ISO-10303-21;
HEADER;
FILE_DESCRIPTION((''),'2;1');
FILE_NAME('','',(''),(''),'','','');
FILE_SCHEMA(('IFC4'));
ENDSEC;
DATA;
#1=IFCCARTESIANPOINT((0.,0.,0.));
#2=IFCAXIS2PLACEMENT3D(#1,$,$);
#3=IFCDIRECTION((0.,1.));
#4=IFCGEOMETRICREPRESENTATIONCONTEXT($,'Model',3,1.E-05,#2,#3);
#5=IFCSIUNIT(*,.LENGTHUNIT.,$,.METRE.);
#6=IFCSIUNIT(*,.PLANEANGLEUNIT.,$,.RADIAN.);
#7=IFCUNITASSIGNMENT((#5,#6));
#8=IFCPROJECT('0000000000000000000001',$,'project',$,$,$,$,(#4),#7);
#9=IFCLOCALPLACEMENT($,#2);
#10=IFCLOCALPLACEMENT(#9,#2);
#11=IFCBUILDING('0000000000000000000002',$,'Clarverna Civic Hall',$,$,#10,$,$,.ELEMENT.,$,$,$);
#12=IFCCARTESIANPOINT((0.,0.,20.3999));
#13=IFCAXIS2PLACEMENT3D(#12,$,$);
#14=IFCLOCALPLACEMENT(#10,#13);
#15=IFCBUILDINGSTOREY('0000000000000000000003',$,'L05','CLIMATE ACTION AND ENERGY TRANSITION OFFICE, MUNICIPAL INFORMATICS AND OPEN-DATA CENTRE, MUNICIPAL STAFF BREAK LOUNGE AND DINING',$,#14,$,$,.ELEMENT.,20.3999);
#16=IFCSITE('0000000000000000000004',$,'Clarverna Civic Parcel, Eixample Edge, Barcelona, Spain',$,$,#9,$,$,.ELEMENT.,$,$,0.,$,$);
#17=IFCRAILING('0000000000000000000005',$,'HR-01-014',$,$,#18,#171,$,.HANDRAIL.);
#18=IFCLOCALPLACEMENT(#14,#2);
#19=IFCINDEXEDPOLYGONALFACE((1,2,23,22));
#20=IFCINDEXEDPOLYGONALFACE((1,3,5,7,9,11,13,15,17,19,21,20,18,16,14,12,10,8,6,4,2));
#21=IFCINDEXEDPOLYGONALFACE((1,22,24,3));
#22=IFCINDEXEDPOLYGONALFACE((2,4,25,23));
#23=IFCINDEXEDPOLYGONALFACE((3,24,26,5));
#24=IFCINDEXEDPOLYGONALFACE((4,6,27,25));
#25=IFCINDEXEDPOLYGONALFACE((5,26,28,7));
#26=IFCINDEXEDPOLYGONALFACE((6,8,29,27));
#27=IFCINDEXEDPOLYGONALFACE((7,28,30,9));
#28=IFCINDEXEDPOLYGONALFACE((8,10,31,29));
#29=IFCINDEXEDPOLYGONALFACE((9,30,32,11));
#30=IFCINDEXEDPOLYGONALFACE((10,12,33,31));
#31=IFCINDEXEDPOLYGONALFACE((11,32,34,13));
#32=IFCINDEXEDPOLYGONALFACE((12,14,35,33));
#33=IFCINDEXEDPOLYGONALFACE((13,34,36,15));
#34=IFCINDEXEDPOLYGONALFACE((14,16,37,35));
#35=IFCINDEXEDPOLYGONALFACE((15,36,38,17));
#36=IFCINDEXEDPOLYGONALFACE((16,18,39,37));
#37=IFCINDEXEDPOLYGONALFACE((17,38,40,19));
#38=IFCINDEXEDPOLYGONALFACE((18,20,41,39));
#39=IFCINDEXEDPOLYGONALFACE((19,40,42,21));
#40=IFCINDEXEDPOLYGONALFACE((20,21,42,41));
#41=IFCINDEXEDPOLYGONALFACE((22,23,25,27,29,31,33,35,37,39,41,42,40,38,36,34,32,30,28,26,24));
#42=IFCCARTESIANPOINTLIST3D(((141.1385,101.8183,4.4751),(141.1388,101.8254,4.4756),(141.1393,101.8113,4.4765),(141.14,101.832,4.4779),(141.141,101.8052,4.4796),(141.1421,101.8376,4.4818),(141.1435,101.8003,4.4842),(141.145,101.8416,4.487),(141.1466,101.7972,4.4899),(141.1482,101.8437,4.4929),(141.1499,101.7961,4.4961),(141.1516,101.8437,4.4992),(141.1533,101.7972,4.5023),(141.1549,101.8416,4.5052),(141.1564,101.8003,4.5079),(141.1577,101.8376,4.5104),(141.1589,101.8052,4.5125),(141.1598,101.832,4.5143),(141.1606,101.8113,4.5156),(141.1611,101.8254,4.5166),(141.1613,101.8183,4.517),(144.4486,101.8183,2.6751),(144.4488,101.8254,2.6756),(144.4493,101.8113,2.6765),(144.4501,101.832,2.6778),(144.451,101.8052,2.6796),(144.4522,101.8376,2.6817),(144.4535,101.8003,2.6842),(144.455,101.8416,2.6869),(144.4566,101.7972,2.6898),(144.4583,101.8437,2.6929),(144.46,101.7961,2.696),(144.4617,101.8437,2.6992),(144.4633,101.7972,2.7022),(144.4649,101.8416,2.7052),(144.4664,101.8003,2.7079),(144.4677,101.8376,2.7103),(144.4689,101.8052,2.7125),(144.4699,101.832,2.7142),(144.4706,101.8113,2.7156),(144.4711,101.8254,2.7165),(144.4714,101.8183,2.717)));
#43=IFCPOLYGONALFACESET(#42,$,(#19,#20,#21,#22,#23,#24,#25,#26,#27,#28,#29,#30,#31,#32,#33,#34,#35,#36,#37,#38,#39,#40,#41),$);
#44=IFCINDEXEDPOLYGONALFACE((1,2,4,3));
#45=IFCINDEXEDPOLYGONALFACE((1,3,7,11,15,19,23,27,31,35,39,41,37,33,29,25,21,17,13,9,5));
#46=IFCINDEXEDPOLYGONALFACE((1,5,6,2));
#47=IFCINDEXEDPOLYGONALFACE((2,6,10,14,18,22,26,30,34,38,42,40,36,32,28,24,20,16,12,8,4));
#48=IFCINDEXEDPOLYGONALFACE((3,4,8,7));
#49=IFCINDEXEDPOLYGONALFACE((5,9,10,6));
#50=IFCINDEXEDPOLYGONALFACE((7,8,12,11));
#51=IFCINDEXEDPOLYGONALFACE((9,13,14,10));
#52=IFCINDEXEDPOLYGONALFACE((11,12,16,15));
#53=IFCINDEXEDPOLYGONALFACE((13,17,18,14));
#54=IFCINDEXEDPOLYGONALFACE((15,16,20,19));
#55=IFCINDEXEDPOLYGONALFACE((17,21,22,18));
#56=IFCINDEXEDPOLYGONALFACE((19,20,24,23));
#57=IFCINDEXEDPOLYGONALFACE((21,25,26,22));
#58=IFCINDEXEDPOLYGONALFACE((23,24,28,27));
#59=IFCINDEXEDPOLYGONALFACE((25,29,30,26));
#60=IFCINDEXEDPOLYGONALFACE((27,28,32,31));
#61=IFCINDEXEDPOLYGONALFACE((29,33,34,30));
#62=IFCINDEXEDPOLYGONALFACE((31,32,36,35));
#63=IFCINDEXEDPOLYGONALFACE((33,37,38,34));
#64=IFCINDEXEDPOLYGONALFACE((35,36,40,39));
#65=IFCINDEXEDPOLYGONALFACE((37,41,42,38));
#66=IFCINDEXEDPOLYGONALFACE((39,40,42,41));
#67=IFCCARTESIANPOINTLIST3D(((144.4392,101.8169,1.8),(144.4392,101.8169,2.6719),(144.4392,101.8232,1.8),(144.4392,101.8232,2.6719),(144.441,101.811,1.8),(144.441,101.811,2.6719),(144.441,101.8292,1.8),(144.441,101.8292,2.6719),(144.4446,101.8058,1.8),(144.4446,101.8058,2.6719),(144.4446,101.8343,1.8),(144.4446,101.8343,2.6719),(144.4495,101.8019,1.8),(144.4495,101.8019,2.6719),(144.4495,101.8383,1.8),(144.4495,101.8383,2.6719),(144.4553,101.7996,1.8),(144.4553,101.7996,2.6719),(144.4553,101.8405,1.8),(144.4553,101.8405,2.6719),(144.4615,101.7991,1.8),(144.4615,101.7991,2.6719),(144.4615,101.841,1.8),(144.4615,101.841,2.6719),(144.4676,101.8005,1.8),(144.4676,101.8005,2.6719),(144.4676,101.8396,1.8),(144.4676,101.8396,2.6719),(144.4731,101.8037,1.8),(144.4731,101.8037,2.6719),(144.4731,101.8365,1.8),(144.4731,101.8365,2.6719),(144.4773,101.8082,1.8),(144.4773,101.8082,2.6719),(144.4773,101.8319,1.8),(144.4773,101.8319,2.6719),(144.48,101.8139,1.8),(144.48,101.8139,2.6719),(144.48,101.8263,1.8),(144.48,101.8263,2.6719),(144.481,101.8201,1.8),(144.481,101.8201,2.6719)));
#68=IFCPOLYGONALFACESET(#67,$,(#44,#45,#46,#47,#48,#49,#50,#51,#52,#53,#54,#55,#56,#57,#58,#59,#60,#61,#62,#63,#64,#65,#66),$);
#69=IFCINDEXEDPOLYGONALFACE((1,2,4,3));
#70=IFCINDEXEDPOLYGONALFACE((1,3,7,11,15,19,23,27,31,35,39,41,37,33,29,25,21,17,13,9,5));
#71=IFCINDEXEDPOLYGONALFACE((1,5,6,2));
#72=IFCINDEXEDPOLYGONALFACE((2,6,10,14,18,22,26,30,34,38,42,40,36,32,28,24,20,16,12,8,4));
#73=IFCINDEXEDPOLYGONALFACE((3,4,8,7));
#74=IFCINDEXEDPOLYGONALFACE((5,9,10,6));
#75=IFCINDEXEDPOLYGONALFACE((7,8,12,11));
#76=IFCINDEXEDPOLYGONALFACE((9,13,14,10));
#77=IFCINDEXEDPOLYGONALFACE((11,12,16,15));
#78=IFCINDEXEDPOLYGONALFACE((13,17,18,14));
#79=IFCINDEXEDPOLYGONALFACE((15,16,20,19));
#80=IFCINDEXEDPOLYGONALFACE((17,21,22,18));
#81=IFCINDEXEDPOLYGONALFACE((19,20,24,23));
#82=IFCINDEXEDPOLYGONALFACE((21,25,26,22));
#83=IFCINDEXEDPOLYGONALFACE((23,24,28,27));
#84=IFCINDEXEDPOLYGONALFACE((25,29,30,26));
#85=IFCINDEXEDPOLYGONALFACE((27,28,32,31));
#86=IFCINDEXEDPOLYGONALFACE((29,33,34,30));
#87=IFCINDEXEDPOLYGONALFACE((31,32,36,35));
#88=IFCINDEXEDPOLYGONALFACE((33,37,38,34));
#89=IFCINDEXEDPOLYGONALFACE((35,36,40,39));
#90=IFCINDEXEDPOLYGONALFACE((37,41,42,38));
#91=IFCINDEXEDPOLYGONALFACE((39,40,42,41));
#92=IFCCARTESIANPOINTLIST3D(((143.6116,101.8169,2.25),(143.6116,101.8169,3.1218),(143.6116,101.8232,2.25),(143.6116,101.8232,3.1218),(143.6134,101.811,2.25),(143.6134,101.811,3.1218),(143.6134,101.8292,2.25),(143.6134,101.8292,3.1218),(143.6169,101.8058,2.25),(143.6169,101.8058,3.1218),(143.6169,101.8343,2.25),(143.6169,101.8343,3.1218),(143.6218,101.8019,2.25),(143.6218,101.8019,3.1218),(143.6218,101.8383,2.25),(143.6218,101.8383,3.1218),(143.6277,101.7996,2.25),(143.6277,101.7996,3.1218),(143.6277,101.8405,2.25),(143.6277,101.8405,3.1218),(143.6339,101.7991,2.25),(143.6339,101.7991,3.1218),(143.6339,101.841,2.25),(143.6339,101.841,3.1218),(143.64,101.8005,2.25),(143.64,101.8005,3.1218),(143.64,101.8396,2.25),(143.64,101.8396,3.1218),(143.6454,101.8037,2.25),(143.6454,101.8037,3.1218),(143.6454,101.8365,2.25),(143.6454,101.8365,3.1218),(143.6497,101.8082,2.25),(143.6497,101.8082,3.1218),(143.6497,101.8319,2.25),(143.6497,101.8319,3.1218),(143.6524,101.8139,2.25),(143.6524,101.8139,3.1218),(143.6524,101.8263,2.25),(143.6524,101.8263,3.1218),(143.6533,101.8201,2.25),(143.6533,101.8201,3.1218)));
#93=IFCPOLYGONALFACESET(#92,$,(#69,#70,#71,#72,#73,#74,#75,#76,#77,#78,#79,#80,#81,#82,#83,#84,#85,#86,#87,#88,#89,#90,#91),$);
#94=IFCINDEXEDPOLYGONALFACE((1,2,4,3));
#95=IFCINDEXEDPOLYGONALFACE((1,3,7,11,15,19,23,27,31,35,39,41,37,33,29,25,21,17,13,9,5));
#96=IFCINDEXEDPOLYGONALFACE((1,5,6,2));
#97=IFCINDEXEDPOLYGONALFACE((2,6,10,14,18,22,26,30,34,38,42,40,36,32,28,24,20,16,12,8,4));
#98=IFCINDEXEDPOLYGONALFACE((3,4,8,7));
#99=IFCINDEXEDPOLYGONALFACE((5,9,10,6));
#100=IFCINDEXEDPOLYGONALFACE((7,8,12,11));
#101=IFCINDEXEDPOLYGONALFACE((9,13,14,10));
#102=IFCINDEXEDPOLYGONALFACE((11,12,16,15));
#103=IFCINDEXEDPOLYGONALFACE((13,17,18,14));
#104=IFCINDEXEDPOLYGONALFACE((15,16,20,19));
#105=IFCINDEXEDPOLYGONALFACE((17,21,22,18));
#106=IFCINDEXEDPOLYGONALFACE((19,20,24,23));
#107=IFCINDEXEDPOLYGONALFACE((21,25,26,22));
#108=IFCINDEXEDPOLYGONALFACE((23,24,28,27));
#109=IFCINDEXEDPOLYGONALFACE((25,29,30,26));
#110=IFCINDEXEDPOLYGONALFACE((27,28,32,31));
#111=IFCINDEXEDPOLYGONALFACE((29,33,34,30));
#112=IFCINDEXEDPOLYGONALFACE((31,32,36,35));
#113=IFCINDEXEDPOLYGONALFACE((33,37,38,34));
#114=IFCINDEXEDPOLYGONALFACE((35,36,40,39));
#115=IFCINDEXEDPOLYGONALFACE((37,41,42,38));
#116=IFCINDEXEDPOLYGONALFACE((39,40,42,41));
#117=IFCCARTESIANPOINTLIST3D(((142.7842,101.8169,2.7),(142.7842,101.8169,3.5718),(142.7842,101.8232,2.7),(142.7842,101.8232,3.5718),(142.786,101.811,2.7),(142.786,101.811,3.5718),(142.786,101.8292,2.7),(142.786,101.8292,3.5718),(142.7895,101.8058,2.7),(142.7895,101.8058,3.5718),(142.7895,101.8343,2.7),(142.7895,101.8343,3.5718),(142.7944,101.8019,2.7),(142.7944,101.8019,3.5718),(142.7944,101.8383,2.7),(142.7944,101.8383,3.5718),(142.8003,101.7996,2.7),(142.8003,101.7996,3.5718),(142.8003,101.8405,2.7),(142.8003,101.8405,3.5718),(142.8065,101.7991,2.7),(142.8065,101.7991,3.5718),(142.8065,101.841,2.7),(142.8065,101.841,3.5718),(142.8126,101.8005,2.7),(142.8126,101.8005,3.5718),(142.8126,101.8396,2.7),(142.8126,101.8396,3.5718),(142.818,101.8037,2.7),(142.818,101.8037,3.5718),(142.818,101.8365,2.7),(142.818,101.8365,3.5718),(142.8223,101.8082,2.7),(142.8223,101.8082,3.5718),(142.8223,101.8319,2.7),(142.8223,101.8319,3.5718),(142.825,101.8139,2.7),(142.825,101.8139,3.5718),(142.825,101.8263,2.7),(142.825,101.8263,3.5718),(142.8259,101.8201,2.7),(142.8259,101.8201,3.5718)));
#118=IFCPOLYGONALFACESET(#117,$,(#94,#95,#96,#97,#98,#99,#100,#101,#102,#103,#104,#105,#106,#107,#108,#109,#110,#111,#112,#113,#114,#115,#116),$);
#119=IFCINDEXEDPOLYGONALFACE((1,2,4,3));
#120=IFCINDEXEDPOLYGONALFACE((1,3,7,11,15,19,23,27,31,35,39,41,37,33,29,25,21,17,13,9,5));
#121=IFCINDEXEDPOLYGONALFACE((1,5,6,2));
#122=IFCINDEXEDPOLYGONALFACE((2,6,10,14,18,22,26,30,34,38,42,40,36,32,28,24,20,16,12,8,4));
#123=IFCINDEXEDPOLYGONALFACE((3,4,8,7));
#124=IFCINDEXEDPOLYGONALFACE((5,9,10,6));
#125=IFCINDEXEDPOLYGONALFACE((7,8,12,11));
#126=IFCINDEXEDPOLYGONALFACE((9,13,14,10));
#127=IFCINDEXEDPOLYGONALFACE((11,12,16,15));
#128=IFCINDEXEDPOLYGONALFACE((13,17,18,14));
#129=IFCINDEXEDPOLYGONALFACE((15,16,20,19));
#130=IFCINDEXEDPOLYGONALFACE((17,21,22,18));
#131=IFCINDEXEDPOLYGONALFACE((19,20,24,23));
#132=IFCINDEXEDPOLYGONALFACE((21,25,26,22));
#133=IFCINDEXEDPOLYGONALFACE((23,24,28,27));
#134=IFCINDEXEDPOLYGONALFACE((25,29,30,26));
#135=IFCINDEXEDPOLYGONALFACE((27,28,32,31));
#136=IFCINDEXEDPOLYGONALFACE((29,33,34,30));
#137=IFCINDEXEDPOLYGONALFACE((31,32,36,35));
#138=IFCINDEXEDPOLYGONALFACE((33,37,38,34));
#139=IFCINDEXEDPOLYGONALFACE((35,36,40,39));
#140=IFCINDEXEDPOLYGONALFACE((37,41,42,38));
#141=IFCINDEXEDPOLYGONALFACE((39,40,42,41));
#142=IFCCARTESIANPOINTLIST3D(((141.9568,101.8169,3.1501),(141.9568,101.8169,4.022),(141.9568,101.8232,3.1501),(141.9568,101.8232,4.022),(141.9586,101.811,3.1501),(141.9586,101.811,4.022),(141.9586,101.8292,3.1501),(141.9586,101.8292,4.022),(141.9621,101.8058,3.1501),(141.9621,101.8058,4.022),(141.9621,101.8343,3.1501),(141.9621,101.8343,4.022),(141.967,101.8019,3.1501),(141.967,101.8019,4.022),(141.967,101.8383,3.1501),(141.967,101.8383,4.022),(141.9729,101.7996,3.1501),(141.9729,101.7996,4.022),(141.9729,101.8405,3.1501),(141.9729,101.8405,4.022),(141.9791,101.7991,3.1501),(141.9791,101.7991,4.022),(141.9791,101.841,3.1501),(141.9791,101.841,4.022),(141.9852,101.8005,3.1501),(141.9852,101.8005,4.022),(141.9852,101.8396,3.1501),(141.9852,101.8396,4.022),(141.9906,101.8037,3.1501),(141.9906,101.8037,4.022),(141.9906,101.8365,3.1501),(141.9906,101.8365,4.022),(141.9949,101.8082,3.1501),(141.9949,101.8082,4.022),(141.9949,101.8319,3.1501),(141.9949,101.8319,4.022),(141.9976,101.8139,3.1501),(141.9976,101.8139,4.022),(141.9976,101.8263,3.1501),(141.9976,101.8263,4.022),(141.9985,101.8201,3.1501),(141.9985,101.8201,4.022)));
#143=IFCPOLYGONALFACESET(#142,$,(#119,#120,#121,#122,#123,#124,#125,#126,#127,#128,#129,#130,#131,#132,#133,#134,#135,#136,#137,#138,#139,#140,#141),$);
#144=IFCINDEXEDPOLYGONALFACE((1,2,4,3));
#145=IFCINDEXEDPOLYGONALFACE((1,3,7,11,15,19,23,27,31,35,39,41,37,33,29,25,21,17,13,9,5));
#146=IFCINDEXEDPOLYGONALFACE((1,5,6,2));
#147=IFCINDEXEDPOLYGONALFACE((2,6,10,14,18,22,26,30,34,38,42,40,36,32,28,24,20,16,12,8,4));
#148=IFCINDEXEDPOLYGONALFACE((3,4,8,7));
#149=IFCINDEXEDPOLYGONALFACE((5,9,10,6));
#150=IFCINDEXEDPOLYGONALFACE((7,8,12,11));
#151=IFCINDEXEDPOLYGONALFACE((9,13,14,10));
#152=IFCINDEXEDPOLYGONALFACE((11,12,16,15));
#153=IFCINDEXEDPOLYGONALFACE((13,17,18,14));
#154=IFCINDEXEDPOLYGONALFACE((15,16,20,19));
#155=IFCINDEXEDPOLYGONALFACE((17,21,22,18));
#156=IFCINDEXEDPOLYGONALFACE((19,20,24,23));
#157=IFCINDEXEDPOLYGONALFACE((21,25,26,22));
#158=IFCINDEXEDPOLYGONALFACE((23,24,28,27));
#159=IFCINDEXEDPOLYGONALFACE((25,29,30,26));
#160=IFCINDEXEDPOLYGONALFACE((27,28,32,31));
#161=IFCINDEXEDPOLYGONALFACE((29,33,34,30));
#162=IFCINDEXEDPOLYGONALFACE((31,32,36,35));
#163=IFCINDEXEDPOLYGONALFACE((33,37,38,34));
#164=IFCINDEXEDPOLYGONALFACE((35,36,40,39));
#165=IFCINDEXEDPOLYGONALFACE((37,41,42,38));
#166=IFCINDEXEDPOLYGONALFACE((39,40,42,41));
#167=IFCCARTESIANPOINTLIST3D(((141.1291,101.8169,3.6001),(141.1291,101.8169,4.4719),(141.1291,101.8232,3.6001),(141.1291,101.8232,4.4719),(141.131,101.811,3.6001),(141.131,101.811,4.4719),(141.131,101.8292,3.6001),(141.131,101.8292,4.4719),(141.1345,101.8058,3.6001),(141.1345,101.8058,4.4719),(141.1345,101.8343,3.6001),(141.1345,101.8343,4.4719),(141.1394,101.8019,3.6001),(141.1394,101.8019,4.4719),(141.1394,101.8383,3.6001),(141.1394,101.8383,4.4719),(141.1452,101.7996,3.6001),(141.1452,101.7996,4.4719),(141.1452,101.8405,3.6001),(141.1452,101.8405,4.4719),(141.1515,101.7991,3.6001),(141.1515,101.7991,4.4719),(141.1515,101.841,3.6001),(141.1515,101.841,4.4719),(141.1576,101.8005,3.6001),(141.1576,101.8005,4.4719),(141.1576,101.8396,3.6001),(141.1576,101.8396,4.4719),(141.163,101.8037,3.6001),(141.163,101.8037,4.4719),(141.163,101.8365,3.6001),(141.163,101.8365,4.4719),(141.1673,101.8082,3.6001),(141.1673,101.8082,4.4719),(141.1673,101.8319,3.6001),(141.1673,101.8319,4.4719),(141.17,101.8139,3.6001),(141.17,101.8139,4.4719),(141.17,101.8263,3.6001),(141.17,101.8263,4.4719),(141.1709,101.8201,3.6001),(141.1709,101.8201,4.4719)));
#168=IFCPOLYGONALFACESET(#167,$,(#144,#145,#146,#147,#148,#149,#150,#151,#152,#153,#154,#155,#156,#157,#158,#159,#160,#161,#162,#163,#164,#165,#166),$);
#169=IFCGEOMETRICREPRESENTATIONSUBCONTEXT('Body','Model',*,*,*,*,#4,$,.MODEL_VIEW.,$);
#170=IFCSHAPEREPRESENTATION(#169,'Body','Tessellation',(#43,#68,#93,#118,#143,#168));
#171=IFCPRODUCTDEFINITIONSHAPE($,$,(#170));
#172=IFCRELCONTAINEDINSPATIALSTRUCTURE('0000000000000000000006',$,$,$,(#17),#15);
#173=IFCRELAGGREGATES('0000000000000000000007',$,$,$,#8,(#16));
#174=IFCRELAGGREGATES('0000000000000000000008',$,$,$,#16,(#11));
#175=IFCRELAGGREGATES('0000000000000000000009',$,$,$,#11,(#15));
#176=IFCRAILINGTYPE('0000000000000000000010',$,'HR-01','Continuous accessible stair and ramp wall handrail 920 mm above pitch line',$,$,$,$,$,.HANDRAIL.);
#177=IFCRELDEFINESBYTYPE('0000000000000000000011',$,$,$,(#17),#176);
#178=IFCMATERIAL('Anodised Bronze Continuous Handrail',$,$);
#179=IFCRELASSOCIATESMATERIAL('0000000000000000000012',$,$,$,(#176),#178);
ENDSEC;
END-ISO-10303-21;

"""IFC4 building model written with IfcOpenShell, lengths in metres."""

from ifc_helpers import new_model, si_unit, direction, frame, origin, origin_2d, place, context, subcontext, project, spatial, circle, extrude, material, type_object, element, save


model = new_model("IFC4")

# Units and contexts
model_context = context("Model", 3, precision=1e-05, world=origin(), true_north=direction((0.0, 1.0)))
body_context = subcontext(model_context, "Body", "Model", "MODEL_VIEW")
ifc_project = project(units=[si_unit("LENGTHUNIT", "METRE"), si_unit("PLANEANGLEUNIT", "RADIAN")], contexts=[model_context])

# Site, building, storey
site_placement = place(None, origin())
site = spatial("IfcSite", under=ifc_project, at=site_placement, Name="Clarverna Civic Parcel, Eixample Edge, Barcelona, Spain", CompositionType="ELEMENT", RefElevation=0.0)
building_placement = place(site_placement, origin())
building = spatial("IfcBuilding", under=site, at=building_placement, Name="Clarverna Civic Hall", CompositionType="ELEMENT")
storey_placement = place(building_placement, frame((0.0, 0.0, 20.3999)))
storey = spatial("IfcBuildingStorey", under=building, at=storey_placement, Name="L05", Description="CLIMATE ACTION AND ENERGY TRANSITION OFFICE, MUNICIPAL INFORMATICS AND OPEN-DATA CENTRE, MUNICIPAL STAFF BREAK LOUNGE AND DINING", CompositionType="ELEMENT", Elevation=20.3999)

# Railing
ifc_material_1 = material(Name="Anodised Bronze Continuous Handrail")
railing_type_1 = type_object("IfcRailingType", Name="HR-01", Description="Continuous accessible stair and ramp wall handrail 920 mm above pitch line", PredefinedType="HANDRAIL", material=ifc_material_1)
railing_1_placement = place(storey_placement, frame((144.46, 101.8201, 1.8)))
element("IfcRailing", 1, at=railing_1_placement, inside=storey, type_object=railing_type_1, Name="HR-01-014", PredefinedType="HANDRAIL", context=body_context, shape_type="SweptSolid", body=[
    extrude(circle(Radius=0.0239, at=origin_2d()), frame((0.0, 0.0, 0.896), z_axis=(-0.878502, 0.0, 0.477739), x_axis=(0.0, -1.0, 0.0)), (0.0, 0.0, 1.0), 3.7678),
    extrude(circle(Radius=0.021, at=origin_2d()), origin(), (0.0, 0.0, 1.0), 0.8718),
    extrude(circle(Radius=0.021, at=origin_2d()), frame((-0.8276, 0.0, 0.45)), (0.0, 0.0, 1.0), 0.8718),
    extrude(circle(Radius=0.021, at=origin_2d()), frame((-1.655, 0.0, 0.8999)), (0.0, 0.0, 1.0), 0.8718),
    extrude(circle(Radius=0.021, at=origin_2d()), frame((-2.4824, 0.0, 1.3501)), (0.0, 0.0, 1.0), 0.8718),
    extrude(circle(Radius=0.021, at=origin_2d()), frame((-3.3101, 0.0, 1.8)), (0.0, 0.0, 1.0), 0.8718),
])

save(model, "model.ifc")
